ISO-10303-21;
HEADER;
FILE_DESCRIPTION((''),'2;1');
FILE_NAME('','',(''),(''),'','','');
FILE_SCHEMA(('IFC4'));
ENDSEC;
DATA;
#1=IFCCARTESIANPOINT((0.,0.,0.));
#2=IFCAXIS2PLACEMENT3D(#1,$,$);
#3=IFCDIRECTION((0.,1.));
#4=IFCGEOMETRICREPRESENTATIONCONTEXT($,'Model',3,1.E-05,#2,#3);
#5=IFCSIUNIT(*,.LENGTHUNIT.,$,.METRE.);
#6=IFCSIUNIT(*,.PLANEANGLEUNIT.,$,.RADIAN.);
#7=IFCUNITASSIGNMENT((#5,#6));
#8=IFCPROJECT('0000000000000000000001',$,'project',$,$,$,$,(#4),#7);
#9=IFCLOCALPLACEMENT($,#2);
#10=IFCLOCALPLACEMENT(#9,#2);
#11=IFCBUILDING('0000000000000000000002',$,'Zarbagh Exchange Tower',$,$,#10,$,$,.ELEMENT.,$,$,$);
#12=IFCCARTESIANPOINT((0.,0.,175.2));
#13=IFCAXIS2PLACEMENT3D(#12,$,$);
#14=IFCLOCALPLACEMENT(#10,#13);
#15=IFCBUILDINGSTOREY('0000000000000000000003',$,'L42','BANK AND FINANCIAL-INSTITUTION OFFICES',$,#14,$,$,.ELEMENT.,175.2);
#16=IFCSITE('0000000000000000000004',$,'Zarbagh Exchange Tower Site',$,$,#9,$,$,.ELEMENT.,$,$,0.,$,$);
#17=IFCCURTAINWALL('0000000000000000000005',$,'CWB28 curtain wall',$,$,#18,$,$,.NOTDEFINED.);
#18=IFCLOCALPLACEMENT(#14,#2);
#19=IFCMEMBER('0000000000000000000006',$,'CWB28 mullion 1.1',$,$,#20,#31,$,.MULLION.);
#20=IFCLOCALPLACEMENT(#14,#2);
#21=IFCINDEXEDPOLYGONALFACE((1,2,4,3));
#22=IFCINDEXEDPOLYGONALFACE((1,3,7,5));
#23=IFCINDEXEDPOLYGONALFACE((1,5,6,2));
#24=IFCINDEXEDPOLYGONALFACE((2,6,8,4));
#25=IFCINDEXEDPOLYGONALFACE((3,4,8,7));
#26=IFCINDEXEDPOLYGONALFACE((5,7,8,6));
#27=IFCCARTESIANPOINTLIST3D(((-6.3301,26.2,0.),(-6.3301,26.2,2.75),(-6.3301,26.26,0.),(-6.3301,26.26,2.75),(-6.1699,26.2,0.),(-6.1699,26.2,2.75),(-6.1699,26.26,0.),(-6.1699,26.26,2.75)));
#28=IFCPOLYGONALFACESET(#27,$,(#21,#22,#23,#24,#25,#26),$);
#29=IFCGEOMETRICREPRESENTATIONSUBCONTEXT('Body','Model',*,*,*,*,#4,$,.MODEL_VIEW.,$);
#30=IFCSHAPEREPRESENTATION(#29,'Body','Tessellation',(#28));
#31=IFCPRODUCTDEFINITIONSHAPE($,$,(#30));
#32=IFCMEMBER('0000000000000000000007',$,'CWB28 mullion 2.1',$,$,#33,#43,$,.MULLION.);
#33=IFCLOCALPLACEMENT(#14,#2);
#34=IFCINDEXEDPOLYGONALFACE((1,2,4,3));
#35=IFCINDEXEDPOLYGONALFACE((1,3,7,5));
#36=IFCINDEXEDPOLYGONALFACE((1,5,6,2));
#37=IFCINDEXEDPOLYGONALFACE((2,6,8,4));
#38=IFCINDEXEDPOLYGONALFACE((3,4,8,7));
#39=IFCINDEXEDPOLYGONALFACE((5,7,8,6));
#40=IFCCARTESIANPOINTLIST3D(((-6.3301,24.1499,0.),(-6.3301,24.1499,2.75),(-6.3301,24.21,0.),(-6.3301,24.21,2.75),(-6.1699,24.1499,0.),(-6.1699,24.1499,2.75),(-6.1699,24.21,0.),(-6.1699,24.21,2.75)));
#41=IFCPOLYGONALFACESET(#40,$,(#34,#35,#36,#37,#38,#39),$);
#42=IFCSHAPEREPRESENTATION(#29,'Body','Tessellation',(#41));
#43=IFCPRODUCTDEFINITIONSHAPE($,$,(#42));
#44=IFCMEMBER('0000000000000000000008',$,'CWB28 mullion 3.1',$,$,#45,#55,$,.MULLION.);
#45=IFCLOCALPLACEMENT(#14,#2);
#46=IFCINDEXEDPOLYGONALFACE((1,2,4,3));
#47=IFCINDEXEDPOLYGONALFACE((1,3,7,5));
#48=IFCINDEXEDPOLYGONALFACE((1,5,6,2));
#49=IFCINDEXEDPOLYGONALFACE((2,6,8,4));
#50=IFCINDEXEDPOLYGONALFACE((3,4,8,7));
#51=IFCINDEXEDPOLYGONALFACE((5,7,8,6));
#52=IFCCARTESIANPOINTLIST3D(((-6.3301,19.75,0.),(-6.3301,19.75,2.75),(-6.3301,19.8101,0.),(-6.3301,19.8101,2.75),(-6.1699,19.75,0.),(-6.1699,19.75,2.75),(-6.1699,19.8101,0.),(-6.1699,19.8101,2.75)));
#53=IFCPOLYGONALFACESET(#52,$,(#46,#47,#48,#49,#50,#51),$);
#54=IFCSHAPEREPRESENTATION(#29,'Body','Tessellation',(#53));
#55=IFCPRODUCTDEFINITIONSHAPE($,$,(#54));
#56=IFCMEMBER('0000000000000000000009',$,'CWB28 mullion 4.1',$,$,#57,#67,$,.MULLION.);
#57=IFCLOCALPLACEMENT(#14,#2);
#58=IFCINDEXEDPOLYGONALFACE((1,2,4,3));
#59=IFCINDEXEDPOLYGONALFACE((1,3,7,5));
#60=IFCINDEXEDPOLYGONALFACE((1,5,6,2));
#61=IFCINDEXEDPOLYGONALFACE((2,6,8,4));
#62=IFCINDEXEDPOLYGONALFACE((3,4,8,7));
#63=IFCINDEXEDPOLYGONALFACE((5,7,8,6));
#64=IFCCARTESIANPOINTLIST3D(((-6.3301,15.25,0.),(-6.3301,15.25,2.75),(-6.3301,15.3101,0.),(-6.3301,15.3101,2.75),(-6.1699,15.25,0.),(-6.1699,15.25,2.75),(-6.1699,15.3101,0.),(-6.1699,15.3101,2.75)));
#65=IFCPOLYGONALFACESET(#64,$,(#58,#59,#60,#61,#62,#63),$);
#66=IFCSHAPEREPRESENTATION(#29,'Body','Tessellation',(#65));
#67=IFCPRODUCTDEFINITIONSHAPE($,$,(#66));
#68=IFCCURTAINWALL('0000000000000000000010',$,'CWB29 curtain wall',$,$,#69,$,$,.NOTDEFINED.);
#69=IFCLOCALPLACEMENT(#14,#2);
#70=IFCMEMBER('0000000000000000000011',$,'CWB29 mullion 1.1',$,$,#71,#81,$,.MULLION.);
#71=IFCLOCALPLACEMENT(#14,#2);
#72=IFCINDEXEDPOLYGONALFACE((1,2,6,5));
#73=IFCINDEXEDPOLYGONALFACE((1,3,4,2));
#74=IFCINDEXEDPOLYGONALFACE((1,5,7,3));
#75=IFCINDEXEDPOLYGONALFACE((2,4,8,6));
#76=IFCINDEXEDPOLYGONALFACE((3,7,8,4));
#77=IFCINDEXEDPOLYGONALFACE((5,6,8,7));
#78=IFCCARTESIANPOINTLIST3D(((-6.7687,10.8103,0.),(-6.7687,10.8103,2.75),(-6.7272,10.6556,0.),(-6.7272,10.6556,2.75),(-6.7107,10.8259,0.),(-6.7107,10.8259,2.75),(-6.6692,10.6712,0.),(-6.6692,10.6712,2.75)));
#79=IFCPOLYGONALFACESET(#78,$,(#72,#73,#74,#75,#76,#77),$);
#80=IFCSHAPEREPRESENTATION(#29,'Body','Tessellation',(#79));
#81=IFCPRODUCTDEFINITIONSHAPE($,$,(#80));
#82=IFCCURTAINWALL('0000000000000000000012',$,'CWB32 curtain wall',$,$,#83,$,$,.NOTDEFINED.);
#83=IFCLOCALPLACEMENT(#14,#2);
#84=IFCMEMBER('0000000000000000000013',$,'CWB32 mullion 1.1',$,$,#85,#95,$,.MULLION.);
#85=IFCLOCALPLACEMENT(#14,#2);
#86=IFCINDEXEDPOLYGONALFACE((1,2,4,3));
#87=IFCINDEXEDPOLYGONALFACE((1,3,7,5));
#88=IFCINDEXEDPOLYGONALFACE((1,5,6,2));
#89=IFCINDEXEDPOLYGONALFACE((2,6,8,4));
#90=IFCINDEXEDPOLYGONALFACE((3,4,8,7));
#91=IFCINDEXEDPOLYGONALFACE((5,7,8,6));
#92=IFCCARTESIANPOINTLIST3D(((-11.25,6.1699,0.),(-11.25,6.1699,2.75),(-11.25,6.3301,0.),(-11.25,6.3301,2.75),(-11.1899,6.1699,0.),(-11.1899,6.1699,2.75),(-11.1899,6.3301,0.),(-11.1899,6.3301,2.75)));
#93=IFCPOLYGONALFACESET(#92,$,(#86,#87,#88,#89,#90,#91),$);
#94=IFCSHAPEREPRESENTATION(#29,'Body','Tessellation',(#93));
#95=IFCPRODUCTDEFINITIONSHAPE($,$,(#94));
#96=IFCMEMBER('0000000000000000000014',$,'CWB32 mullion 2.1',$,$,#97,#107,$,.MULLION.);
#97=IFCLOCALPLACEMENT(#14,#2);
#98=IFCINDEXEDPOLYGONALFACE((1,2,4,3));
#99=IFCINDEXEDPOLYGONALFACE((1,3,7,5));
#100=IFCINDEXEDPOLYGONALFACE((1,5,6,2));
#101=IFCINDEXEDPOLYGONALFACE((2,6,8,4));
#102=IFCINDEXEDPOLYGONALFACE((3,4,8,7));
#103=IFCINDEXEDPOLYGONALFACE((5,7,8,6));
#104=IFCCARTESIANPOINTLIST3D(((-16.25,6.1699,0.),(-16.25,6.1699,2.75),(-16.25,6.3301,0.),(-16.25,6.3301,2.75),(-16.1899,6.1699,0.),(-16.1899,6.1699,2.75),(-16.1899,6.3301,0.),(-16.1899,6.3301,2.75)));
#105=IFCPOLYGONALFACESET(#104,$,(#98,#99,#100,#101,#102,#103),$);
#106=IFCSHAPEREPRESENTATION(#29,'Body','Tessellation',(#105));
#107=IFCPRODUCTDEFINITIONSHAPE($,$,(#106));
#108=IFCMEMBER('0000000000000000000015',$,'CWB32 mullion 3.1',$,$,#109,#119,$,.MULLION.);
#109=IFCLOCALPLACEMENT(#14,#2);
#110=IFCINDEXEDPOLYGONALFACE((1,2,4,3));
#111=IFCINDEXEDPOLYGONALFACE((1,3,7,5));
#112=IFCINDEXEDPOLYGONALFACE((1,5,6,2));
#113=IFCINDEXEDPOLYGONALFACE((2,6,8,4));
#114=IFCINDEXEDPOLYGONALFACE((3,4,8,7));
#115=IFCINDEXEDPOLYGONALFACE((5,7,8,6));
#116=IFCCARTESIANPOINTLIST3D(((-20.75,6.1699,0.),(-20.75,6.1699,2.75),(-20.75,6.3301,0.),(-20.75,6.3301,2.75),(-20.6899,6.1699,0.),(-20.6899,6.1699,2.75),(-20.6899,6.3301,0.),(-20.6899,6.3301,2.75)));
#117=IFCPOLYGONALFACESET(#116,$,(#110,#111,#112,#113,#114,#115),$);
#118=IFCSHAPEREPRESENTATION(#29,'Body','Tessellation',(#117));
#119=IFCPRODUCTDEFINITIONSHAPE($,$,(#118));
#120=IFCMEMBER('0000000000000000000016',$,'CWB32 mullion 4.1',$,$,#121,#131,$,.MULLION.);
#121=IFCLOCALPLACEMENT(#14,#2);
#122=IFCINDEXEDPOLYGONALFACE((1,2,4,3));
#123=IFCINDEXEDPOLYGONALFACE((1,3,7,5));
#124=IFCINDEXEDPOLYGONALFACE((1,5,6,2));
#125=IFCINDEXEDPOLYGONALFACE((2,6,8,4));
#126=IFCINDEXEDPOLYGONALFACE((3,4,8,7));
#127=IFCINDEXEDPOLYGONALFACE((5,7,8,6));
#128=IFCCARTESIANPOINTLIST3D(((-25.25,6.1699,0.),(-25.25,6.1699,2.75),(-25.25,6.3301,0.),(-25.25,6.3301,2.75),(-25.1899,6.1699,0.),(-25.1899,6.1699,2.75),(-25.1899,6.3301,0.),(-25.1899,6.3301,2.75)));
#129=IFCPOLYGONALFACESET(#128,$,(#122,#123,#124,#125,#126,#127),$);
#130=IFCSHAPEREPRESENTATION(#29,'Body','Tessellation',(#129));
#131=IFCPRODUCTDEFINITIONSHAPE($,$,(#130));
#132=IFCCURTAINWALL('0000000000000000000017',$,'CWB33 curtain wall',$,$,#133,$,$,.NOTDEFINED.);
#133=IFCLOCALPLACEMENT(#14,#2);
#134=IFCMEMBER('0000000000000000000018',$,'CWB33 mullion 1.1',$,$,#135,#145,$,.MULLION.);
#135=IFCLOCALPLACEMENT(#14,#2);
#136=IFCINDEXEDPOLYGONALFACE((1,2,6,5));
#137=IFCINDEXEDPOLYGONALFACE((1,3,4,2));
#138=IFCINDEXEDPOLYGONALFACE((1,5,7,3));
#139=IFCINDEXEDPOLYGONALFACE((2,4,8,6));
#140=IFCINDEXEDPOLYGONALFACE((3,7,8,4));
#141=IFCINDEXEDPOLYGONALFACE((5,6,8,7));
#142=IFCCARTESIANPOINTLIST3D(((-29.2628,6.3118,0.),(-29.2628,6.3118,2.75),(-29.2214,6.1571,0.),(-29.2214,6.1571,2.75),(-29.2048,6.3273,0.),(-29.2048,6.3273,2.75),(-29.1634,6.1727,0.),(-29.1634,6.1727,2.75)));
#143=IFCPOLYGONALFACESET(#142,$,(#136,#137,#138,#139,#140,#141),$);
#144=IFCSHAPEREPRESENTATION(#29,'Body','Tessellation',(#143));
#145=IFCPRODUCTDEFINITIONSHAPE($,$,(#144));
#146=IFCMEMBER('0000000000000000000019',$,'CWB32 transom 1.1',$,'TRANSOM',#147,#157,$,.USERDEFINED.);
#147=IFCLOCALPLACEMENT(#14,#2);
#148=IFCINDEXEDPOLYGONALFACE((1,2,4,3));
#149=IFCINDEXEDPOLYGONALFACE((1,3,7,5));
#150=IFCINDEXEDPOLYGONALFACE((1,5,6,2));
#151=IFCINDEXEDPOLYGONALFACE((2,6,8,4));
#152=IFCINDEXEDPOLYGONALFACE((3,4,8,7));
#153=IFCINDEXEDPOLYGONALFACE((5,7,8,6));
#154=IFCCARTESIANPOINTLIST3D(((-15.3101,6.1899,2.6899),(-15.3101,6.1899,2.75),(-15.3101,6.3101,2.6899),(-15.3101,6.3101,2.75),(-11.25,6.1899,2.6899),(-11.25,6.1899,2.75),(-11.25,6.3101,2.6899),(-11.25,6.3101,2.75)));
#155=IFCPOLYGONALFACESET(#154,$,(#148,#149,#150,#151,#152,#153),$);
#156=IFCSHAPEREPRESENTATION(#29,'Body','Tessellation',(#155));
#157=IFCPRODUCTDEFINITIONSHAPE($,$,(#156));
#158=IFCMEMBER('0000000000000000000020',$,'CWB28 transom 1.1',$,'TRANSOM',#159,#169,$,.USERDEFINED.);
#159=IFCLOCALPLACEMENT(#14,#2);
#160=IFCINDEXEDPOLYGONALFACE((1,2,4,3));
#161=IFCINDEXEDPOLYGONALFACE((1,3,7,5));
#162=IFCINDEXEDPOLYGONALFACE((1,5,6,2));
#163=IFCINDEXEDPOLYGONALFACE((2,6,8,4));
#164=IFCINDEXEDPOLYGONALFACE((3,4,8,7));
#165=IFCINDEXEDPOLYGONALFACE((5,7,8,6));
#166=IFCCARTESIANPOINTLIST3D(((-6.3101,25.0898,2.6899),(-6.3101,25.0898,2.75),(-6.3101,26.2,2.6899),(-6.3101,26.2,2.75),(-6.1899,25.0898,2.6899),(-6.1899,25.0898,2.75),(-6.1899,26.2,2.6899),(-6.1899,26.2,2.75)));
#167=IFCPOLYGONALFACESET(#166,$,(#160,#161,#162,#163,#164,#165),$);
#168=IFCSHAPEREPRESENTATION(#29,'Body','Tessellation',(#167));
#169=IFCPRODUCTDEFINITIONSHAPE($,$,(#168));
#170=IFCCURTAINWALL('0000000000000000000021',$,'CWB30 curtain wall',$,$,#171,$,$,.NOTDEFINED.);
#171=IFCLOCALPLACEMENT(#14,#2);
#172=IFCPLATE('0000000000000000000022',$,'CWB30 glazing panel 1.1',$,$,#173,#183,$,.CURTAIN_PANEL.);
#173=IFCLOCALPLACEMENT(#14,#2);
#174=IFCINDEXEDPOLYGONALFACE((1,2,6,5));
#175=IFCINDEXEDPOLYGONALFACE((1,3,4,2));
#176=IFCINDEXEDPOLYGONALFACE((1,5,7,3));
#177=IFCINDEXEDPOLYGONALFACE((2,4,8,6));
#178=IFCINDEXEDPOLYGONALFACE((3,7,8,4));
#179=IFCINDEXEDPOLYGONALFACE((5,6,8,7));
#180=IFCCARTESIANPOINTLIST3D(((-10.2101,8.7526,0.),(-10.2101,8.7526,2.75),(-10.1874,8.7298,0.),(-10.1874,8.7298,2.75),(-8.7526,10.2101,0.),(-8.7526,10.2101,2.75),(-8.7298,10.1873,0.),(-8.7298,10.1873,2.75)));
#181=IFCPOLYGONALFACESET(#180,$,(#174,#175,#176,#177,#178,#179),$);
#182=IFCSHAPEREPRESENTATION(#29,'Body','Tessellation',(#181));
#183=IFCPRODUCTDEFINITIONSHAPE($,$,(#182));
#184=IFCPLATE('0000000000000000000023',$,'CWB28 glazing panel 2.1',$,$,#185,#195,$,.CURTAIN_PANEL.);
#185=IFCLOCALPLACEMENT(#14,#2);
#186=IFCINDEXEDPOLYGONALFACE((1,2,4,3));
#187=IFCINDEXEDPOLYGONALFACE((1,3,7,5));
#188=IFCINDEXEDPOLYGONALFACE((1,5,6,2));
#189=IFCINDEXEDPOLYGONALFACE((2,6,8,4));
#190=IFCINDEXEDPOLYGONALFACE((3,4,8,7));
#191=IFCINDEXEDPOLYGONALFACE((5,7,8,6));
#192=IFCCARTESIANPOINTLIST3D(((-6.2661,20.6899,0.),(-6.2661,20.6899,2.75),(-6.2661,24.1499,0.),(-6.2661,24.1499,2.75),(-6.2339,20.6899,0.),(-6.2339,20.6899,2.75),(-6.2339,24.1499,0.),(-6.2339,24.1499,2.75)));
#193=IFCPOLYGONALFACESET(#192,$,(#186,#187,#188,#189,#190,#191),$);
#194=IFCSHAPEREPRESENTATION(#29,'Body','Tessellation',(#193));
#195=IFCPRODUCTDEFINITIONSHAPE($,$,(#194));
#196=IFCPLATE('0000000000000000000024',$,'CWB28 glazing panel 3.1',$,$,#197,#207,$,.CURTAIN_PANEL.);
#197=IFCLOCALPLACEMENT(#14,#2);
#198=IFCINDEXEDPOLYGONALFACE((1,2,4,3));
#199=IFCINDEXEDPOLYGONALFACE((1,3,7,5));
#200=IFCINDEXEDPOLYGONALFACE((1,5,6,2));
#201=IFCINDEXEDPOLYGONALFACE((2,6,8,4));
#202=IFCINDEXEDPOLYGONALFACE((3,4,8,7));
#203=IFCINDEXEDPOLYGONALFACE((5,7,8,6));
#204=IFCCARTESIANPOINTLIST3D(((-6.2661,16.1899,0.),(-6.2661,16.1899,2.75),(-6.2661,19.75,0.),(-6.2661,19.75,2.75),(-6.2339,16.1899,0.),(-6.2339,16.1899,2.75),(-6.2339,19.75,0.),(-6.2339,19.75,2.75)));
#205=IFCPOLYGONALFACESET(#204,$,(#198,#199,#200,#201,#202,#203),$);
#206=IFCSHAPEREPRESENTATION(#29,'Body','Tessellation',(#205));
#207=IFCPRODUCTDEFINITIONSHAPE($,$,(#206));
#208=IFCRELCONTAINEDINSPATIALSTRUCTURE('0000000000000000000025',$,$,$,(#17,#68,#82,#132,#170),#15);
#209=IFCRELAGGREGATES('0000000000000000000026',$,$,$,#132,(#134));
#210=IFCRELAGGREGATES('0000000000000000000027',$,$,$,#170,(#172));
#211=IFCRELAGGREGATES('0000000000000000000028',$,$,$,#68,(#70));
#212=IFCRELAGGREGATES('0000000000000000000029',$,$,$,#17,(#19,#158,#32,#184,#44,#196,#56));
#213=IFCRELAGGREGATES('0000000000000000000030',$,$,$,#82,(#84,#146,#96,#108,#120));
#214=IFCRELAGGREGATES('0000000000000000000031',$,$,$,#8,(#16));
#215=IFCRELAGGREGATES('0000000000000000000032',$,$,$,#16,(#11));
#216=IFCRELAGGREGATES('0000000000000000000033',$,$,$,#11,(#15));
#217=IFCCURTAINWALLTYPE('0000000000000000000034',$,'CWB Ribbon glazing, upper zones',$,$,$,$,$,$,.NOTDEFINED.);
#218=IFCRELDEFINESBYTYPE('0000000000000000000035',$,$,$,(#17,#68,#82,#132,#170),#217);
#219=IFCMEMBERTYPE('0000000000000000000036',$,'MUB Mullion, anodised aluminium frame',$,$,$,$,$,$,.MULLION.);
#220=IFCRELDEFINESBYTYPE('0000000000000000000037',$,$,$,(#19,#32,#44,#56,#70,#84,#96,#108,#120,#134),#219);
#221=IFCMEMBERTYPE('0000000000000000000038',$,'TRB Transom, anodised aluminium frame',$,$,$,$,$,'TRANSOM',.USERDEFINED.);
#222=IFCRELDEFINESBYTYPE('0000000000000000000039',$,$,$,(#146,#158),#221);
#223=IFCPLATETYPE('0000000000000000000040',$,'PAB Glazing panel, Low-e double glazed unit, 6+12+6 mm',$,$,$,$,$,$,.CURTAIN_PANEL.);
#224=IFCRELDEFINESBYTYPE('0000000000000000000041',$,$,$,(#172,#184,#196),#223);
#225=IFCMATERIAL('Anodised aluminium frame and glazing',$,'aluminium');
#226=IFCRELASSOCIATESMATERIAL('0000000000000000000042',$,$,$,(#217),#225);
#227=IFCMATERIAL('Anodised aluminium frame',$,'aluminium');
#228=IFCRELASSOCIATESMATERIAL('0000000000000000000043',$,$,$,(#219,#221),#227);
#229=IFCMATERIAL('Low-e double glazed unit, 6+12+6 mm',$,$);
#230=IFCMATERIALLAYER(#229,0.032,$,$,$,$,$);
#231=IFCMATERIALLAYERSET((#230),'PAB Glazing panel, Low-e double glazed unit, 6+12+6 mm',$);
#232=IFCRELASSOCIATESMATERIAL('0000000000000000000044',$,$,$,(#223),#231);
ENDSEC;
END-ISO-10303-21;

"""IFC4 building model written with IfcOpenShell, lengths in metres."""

from ifc_helpers import new_model, si_unit, direction, frame, origin, place, context, subcontext, project, spatial, polyline, outline, extrude, source, transform, mapped, material, layer, layer_set, type_object, element, aggregate, save


model = new_model("IFC4")

# Units and contexts
model_context = context("Model", 3, precision=1e-05, world=origin(), true_north=direction((0.0, 1.0)))
body_context = subcontext(model_context, "Body", "Model", "MODEL_VIEW")
ifc_project = project(units=[si_unit("LENGTHUNIT", "METRE"), si_unit("PLANEANGLEUNIT", "RADIAN")], contexts=[model_context])

# Site, building, storey
site_placement = place(None, origin())
site = spatial("IfcSite", under=ifc_project, at=site_placement, Name="Zarbagh Exchange Tower Site", CompositionType="ELEMENT", RefElevation=0.0)
building_placement = place(site_placement, origin())
building = spatial("IfcBuilding", under=site, at=building_placement, Name="Zarbagh Exchange Tower", CompositionType="ELEMENT")
storey_placement = place(building_placement, frame((0.0, 0.0, 175.2)))
storey = spatial("IfcBuildingStorey", under=building, at=storey_placement, Name="L42", Description="BANK AND FINANCIAL-INSTITUTION OFFICES", CompositionType="ELEMENT", Elevation=175.2)

# Curtain wall, members
ifc_material_1 = material(Name="Anodised aluminium frame and glazing", Category="aluminium")
curtain_wall_type = type_object("IfcCurtainWallType", Name="CWB Ribbon glazing, upper zones", PredefinedType="NOTDEFINED", material=ifc_material_1)
curtain_wall_1_placement = place(storey_placement, origin())
curtain_wall_1 = element("IfcCurtainWall", 1, at=curtain_wall_1_placement, inside=storey, type_object=curtain_wall_type, Name="CWB28 curtain wall", PredefinedType="NOTDEFINED")
ifc_material_2 = material(Name="Anodised aluminium frame", Category="aluminium")
member_type_1 = type_object("IfcMemberType", Name="MUB Mullion, anodised aluminium frame", PredefinedType="MULLION", material=ifc_material_2)
shared_shape_1 = source(origin(), body_context, "Body", "SweptSolid", [
    extrude(outline(polyline([(0.0, -0.0801), (0.0601, -0.0801), (0.0601, 0.0801), (0.0, 0.0801), (0.0, -0.0801)])), origin(), (0.0, 0.0, 1.0), 2.75),
])
placement = place(storey_placement, origin())
member_1 = element("IfcMember", 2, at=placement, type_object=member_type_1, Name="CWB28 mullion 1.1", PredefinedType="MULLION", context=body_context, shape_type="MappedRepresentation", body=[
    mapped(shared_shape_1, transform((-6.25, 26.26, 0.0), x_axis=(0.0, -1.0, 0.0), y_axis=(1.0, 0.0, 0.0), z_axis=(0.0, 0.0, 1.0))),
])
member_2 = element("IfcMember", 3, at=placement, type_object=member_type_1, Name="CWB28 mullion 2.1", PredefinedType="MULLION", context=body_context, shape_type="MappedRepresentation", body=[
    mapped(shared_shape_1, transform((-6.25, 24.21, 0.0), x_axis=(0.0, -1.0, 0.0), y_axis=(1.0, 0.0, 0.0), z_axis=(0.0, 0.0, 1.0))),
])
member_3 = element("IfcMember", 4, at=placement, type_object=member_type_1, Name="CWB28 mullion 3.1", PredefinedType="MULLION", context=body_context, shape_type="MappedRepresentation", body=[
    mapped(shared_shape_1, transform((-6.25, 19.8101, 0.0), x_axis=(0.0, -1.0, 0.0), y_axis=(1.0, 0.0, 0.0), z_axis=(0.0, 0.0, 1.0))),
])
member_4 = element("IfcMember", 5, at=placement, type_object=member_type_1, Name="CWB28 mullion 4.1", PredefinedType="MULLION", context=body_context, shape_type="MappedRepresentation", body=[
    mapped(shared_shape_1, transform((-6.25, 15.3101, 0.0), x_axis=(0.0, -1.0, 0.0), y_axis=(1.0, 0.0, 0.0), z_axis=(0.0, 0.0, 1.0))),
])

# Curtain wall, member
curtain_wall_2_placement = place(storey_placement, origin())
curtain_wall_2 = element("IfcCurtainWall", 6, at=curtain_wall_2_placement, inside=storey, type_object=curtain_wall_type, Name="CWB29 curtain wall", PredefinedType="NOTDEFINED")
member_5 = element("IfcMember", 7, at=placement, type_object=member_type_1, Name="CWB29 mullion 1.1", PredefinedType="MULLION", context=body_context, shape_type="MappedRepresentation", body=[
    mapped(shared_shape_1, transform((-6.6899, 10.7485, 0.0), x_axis=(-0.965924, -0.258825, 0.0), y_axis=(0.258825, -0.965924, 0.0), z_axis=(0.0, 0.0, 1.0))),
])

# Curtain wall, members
curtain_wall_3_placement = place(storey_placement, origin())
curtain_wall_3 = element("IfcCurtainWall", 8, at=curtain_wall_3_placement, inside=storey, type_object=curtain_wall_type, Name="CWB32 curtain wall", PredefinedType="NOTDEFINED")
member_6 = element("IfcMember", 9, at=placement, type_object=member_type_1, Name="CWB32 mullion 1.1", PredefinedType="MULLION", context=body_context, shape_type="MappedRepresentation", body=[
    mapped(shared_shape_1, transform((-11.1899, 6.25, 0.0), x_axis=(-1.0, 0.0, 0.0), y_axis=(0.0, -1.0, 0.0), z_axis=(0.0, 0.0, 1.0))),
])
member_7 = element("IfcMember", 10, at=placement, type_object=member_type_1, Name="CWB32 mullion 2.1", PredefinedType="MULLION", context=body_context, shape_type="MappedRepresentation", body=[
    mapped(shared_shape_1, transform((-16.1899, 6.25, 0.0), x_axis=(-1.0, 0.0, 0.0), y_axis=(0.0, -1.0, 0.0), z_axis=(0.0, 0.0, 1.0))),
])
member_8 = element("IfcMember", 11, at=placement, type_object=member_type_1, Name="CWB32 mullion 3.1", PredefinedType="MULLION", context=body_context, shape_type="MappedRepresentation", body=[
    mapped(shared_shape_1, transform((-20.6899, 6.25, 0.0), x_axis=(-1.0, 0.0, 0.0), y_axis=(0.0, -1.0, 0.0), z_axis=(0.0, 0.0, 1.0))),
])
member_9 = element("IfcMember", 12, at=placement, type_object=member_type_1, Name="CWB32 mullion 4.1", PredefinedType="MULLION", context=body_context, shape_type="MappedRepresentation", body=[
    mapped(shared_shape_1, transform((-25.1899, 6.25, 0.0), x_axis=(-1.0, 0.0, 0.0), y_axis=(0.0, -1.0, 0.0), z_axis=(0.0, 0.0, 1.0))),
])

# Curtain wall, member
curtain_wall_4_placement = place(storey_placement, origin())
curtain_wall_4 = element("IfcCurtainWall", 13, at=curtain_wall_4_placement, inside=storey, type_object=curtain_wall_type, Name="CWB33 curtain wall", PredefinedType="NOTDEFINED")
member_10 = element("IfcMember", 14, at=placement, type_object=member_type_1, Name="CWB33 mullion 1.1", PredefinedType="MULLION", context=body_context, shape_type="MappedRepresentation", body=[
    mapped(shared_shape_1, transform((-29.1841, 6.25, 0.0), x_axis=(-0.965924, -0.258825, 0.0), y_axis=(0.258825, -0.965924, 0.0), z_axis=(0.0, 0.0, 1.0))),
])
aggregate(curtain_wall_4, [member_10])

# Members
member_type_2 = type_object("IfcMemberType", Name="TRB Transom, anodised aluminium frame", ElementType="TRANSOM", PredefinedType="USERDEFINED", material=ifc_material_2)
shared_shape_2 = source(origin(), body_context, "Body", "SweptSolid", [
    extrude(outline(polyline([(-0.0601, -0.0601), (0.0, -0.0601), (0.0, 0.0601), (-0.0601, 0.0601), (-0.0601, -0.0601)])), origin(), (0.0, 0.0, 1.0), 4.0601),
])
member_11 = element("IfcMember", 15, at=placement, type_object=member_type_2, Name="CWB32 transom 1.1", ObjectType="TRANSOM", PredefinedType="USERDEFINED", context=body_context, shape_type="MappedRepresentation", body=[
    mapped(shared_shape_2, transform((-11.25, 6.25, 2.75), x_axis=(0.0, 0.0, 1.0), y_axis=(0.0, 1.0, 0.0), z_axis=(-1.0, 0.0, 0.0))),
])
shared_shape_3 = source(origin(), body_context, "Body", "SweptSolid", [
    extrude(outline(polyline([(-0.0601, -0.0601), (0.0, -0.0601), (0.0, 0.0601), (-0.0601, 0.0601), (-0.0601, -0.0601)])), origin(), (0.0, 0.0, 1.0), 1.1101),
])
member_12 = element("IfcMember", 16, at=placement, type_object=member_type_2, Name="CWB28 transom 1.1", ObjectType="TRANSOM", PredefinedType="USERDEFINED", context=body_context, shape_type="MappedRepresentation", body=[
    mapped(shared_shape_3, transform((-6.25, 26.2, 2.75), x_axis=(0.0, 0.0, 1.0), y_axis=(-1.0, 0.0, 0.0), z_axis=(0.0, -1.0, 0.0))),
])

# Curtain wall, plate
curtain_wall_5_placement = place(storey_placement, origin())
curtain_wall_5 = element("IfcCurtainWall", 17, at=curtain_wall_5_placement, inside=storey, type_object=curtain_wall_type, Name="CWB30 curtain wall", PredefinedType="NOTDEFINED")
ifc_material_3 = material(Name="Low-e double glazed unit, 6+12+6 mm")
ifc_layer = layer(ifc_material_3, 0.032)
ifc_layer_set = layer_set([ifc_layer], Name="PAB Glazing panel, Low-e double glazed unit, 6+12+6 mm")
plate_type = type_object("IfcPlateType", Name="PAB Glazing panel, Low-e double glazed unit, 6+12+6 mm", PredefinedType="CURTAIN_PANEL", material=ifc_layer_set)
shared_shape_4 = source(origin(), body_context, "Body", "SweptSolid", [
    extrude(outline(polyline([(0.0, -0.0161), (2.0613, -0.0161), (2.0613, 0.0161), (0.0, 0.0161), (0.0, -0.0161)])), origin(), (0.0, 0.0, 1.0), 2.75),
])
plate_1 = element("IfcPlate", 18, at=placement, type_object=plate_type, Name="CWB30 glazing panel 1.1", PredefinedType="CURTAIN_PANEL", context=body_context, shape_type="MappedRepresentation", body=[
    mapped(shared_shape_4, transform((-8.7412, 10.1987, 0.0), x_axis=(-0.707107, -0.707107, 0.0), y_axis=(0.707107, -0.707107, 0.0), z_axis=(0.0, 0.0, 1.0))),
])
aggregate(curtain_wall_5, [plate_1])

# Plates
shared_shape_5 = source(origin(), body_context, "Body", "SweptSolid", [
    extrude(outline(polyline([(0.0, -0.0161), (3.46, -0.0161), (3.46, 0.0161), (0.0, 0.0161), (0.0, -0.0161)])), origin(), (0.0, 0.0, 1.0), 2.75),
])
plate_2 = element("IfcPlate", 19, at=placement, type_object=plate_type, Name="CWB28 glazing panel 2.1", PredefinedType="CURTAIN_PANEL", context=body_context, shape_type="MappedRepresentation", body=[
    mapped(shared_shape_5, transform((-6.25, 24.1499, 0.0), x_axis=(0.0, -1.0, 0.0), y_axis=(1.0, 0.0, 0.0), z_axis=(0.0, 0.0, 1.0))),
])
shared_shape_6 = source(origin(), body_context, "Body", "SweptSolid", [
    extrude(outline(polyline([(0.0, -0.0161), (3.5601, -0.0161), (3.5601, 0.0161), (0.0, 0.0161), (0.0, -0.0161)])), origin(), (0.0, 0.0, 1.0), 2.75),
])
plate_3 = element("IfcPlate", 20, at=placement, type_object=plate_type, Name="CWB28 glazing panel 3.1", PredefinedType="CURTAIN_PANEL", context=body_context, shape_type="MappedRepresentation", body=[
    mapped(shared_shape_6, transform((-6.25, 19.75, 0.0), x_axis=(0.0, -1.0, 0.0), y_axis=(1.0, 0.0, 0.0), z_axis=(0.0, 0.0, 1.0))),
])
aggregate(curtain_wall_2, [member_5])

aggregate(curtain_wall_1, [member_1, member_12, member_2, plate_2, member_3, plate_3, member_4])
aggregate(curtain_wall_3, [member_6, member_11, member_7, member_8, member_9])

save(model, "model.ifc")
